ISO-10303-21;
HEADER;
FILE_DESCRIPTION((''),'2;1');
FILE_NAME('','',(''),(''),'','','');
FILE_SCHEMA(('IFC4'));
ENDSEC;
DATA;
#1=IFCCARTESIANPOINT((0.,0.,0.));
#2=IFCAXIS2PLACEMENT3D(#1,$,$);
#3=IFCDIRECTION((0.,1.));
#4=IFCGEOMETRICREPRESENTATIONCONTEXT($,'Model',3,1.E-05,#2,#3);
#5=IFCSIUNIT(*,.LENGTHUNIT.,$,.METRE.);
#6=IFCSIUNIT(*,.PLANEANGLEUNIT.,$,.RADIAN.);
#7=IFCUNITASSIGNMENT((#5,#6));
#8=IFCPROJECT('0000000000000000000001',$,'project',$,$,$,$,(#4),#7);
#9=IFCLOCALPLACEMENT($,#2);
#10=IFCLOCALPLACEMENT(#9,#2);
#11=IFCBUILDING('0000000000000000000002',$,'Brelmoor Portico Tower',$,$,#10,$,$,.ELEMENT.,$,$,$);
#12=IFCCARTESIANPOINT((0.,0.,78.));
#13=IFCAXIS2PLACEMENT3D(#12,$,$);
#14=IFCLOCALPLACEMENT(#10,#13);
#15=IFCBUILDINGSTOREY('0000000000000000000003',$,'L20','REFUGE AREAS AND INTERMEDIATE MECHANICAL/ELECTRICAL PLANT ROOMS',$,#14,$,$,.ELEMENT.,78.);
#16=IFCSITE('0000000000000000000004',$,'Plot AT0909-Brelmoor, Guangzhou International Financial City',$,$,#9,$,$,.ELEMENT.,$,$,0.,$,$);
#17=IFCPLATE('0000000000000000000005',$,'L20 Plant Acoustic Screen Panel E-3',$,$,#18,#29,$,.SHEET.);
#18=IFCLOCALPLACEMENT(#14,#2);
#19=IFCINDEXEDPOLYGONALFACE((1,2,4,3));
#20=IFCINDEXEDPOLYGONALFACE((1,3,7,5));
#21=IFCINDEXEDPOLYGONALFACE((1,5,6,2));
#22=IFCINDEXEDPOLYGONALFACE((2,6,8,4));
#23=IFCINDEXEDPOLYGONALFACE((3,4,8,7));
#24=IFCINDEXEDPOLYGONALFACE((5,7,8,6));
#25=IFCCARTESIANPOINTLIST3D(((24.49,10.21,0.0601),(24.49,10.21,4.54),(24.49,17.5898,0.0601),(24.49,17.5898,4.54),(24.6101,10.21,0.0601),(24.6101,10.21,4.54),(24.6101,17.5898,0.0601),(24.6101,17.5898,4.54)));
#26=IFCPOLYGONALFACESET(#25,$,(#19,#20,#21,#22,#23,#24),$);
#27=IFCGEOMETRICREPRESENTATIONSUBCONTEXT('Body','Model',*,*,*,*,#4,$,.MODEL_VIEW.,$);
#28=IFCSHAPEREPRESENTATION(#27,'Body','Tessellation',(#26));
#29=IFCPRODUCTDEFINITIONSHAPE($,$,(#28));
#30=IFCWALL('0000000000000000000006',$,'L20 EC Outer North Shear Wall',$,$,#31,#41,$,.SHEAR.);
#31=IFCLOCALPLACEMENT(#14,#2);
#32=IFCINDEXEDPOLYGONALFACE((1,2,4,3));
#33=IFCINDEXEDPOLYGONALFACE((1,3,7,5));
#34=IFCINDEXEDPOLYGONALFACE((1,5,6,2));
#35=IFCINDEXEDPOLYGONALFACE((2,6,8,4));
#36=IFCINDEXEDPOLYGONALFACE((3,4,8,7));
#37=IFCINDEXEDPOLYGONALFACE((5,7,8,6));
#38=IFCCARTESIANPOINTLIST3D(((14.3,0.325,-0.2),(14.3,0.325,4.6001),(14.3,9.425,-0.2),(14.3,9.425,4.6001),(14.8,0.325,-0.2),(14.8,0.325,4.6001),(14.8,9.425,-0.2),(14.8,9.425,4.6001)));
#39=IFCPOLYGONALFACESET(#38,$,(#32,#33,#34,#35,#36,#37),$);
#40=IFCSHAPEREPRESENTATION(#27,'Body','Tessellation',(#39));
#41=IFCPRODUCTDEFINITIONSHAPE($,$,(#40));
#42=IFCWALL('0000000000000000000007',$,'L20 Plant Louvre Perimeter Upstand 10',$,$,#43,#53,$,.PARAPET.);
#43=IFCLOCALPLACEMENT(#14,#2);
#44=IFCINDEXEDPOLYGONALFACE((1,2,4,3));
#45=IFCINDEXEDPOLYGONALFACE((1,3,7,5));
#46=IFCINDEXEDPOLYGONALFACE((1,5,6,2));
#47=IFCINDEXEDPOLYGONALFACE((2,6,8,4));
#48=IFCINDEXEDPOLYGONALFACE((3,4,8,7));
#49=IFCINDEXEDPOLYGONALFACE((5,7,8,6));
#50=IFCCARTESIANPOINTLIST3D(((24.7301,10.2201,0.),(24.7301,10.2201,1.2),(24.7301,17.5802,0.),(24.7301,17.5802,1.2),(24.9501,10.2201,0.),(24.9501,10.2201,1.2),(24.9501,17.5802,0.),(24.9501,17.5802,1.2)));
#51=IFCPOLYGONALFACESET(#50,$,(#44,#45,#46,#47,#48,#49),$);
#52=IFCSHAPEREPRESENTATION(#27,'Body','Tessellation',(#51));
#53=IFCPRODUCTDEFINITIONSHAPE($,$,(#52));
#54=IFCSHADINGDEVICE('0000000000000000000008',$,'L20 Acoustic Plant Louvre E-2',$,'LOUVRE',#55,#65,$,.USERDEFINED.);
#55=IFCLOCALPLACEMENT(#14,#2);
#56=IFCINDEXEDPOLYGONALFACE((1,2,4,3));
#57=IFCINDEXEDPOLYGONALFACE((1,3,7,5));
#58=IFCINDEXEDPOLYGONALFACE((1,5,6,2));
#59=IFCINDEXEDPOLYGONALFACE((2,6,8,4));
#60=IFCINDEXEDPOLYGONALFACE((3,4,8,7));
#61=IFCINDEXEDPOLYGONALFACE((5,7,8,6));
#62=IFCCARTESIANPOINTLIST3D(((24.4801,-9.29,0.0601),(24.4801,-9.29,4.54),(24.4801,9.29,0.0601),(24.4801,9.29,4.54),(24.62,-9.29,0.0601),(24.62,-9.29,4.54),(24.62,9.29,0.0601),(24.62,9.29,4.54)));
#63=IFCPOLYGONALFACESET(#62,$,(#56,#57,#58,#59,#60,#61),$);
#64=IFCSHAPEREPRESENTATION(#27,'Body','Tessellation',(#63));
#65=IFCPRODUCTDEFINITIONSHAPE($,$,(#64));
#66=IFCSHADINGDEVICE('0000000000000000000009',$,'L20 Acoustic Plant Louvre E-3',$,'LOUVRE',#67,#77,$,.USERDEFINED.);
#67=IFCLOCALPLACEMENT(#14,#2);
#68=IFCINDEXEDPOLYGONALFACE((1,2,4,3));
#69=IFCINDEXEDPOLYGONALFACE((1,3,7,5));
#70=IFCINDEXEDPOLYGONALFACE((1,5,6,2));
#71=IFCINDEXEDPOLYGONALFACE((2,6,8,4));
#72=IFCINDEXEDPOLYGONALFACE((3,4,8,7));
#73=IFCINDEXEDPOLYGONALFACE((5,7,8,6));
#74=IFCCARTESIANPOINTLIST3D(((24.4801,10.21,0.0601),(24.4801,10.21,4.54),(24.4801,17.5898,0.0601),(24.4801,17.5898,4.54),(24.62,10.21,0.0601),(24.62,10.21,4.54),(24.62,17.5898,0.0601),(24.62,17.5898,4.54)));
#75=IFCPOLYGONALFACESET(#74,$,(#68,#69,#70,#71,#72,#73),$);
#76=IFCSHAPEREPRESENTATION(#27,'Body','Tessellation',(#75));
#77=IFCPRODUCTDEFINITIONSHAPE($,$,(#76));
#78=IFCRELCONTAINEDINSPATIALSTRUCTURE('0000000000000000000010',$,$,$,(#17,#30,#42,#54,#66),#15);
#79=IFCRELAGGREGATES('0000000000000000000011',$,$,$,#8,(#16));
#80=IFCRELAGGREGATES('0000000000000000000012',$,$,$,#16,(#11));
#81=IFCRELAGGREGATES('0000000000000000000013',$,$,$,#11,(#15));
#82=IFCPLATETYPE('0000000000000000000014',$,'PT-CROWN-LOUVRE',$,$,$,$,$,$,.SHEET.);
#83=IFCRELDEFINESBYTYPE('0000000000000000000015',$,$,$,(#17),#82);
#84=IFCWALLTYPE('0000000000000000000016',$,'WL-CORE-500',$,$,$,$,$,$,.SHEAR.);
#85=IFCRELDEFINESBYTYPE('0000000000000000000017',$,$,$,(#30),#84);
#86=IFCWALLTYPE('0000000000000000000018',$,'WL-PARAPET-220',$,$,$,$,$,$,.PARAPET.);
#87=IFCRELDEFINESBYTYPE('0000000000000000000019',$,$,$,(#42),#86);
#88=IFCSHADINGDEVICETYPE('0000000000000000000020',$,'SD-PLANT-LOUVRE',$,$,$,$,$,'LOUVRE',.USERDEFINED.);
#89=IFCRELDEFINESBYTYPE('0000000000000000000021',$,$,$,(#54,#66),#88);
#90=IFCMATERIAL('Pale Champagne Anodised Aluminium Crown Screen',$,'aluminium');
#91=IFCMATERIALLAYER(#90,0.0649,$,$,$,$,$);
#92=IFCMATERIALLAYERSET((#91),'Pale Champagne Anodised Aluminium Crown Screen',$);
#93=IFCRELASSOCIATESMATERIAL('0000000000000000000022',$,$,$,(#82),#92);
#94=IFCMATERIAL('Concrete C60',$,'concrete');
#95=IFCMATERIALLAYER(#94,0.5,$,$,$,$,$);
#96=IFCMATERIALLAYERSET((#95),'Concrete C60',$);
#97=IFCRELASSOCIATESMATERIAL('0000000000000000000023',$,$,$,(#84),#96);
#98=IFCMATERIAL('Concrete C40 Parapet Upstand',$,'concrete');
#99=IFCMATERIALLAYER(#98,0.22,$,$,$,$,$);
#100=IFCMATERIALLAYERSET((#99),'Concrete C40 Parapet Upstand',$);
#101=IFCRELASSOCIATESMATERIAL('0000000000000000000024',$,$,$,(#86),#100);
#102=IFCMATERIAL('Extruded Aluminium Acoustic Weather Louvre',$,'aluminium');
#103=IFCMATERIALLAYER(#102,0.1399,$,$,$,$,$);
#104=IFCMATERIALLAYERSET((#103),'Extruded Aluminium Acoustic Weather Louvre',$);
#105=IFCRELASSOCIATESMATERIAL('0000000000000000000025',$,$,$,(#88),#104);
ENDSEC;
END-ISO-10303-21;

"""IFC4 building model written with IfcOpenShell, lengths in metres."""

from ifc_helpers import new_model, si_unit, direction, frame, frame_2d, origin, origin_2d, place, context, subcontext, project, spatial, rectangle, extrude, material, layer, layer_set, type_object, element, save


model = new_model("IFC4")

# Units and contexts
model_context = context("Model", 3, precision=1e-05, world=origin(), true_north=direction((0.0, 1.0)))
body_context = subcontext(model_context, "Body", "Model", "MODEL_VIEW")
ifc_project = project(units=[si_unit("LENGTHUNIT", "METRE"), si_unit("PLANEANGLEUNIT", "RADIAN")], contexts=[model_context])

# Site, building, storey
site_placement = place(None, origin())
site = spatial("IfcSite", under=ifc_project, at=site_placement, Name="Plot AT0909-Brelmoor, Guangzhou International Financial City", CompositionType="ELEMENT", RefElevation=0.0)
building_placement = place(site_placement, origin())
building = spatial("IfcBuilding", under=site, at=building_placement, Name="Brelmoor Portico Tower", CompositionType="ELEMENT")
storey_placement = place(building_placement, frame((0.0, 0.0, 78.0)))
storey = spatial("IfcBuildingStorey", under=building, at=storey_placement, Name="L20", Description="REFUGE AREAS AND INTERMEDIATE MECHANICAL/ELECTRICAL PLANT ROOMS", CompositionType="ELEMENT", Elevation=78.0)

# Plate
ifc_material_1 = material(Name="Pale Champagne Anodised Aluminium Crown Screen", Category="aluminium")
ifc_layer_1 = layer(ifc_material_1, 0.0649)
ifc_layer_set_1 = layer_set([ifc_layer_1], Name="Pale Champagne Anodised Aluminium Crown Screen")
plate_type_1 = type_object("IfcPlateType", Name="PT-CROWN-LOUVRE", PredefinedType="SHEET", material=ifc_layer_set_1)
plate_1_placement = place(storey_placement, frame((24.55, 13.8999, 0.0601), z_axis=(0.0, 0.0, 1.0), x_axis=(0.0, 1.0, 0.0)))
element("IfcPlate", 1, at=plate_1_placement, inside=storey, type_object=plate_type_1, Name="L20 Plant Acoustic Screen Panel E-3", PredefinedType="SHEET", context=body_context, shape_type="SweptSolid", body=[
    extrude(rectangle(XDim=7.3799, YDim=0.1201, at=origin_2d()), origin(), (0.0, 0.0, 1.0), 4.48),
])

# Walls
ifc_material_2 = material(Name="Concrete C60", Category="concrete")
ifc_layer_2 = layer(ifc_material_2, 0.5)
ifc_layer_set_2 = layer_set([ifc_layer_2], Name="Concrete C60")
wall_type_1 = type_object("IfcWallType", Name="WL-CORE-500", PredefinedType="SHEAR", material=ifc_layer_set_2)
wall_1_placement = place(storey_placement, frame((14.55, 0.325, -0.2), z_axis=(0.0, 0.0, 1.0), x_axis=(0.0, 1.0, 0.0)))
element("IfcWall", 2, at=wall_1_placement, inside=storey, type_object=wall_type_1, Name="L20 EC Outer North Shear Wall", PredefinedType="SHEAR", context=body_context, shape_type="SweptSolid", body=[
    extrude(rectangle(XDim=9.1001, YDim=0.5, at=frame_2d((4.55, 0.0))), origin(), (0.0, 0.0, 1.0), 4.8),
])
ifc_material_3 = material(Name="Concrete C40 Parapet Upstand", Category="concrete")
ifc_layer_3 = layer(ifc_material_3, 0.22)
ifc_layer_set_3 = layer_set([ifc_layer_3], Name="Concrete C40 Parapet Upstand")
wall_type_2 = type_object("IfcWallType", Name="WL-PARAPET-220", PredefinedType="PARAPET", material=ifc_layer_set_3)
wall_2_placement = place(storey_placement, frame((24.8401, 10.22, 0.0), z_axis=(0.0, 0.0, 1.0), x_axis=(0.0, 1.0, 0.0)))
element("IfcWall", 3, at=wall_2_placement, inside=storey, type_object=wall_type_2, Name="L20 Plant Louvre Perimeter Upstand 10", PredefinedType="PARAPET", context=body_context, shape_type="SweptSolid", body=[
    extrude(rectangle(XDim=7.3601, YDim=0.22, at=frame_2d((3.6802, 0.0))), origin(), (0.0, 0.0, 1.0), 1.2),
])

# Shading devices
ifc_material_4 = material(Name="Extruded Aluminium Acoustic Weather Louvre", Category="aluminium")
ifc_layer_4 = layer(ifc_material_4, 0.1399)
ifc_layer_set_4 = layer_set([ifc_layer_4], Name="Extruded Aluminium Acoustic Weather Louvre")
shading_device_type = type_object("IfcShadingDeviceType", Name="SD-PLANT-LOUVRE", ElementType="LOUVRE", PredefinedType="USERDEFINED", material=ifc_layer_set_4)
shading_device_1_placement = place(storey_placement, frame((24.55, 0.0, 0.0601), z_axis=(0.0, 0.0, 1.0), x_axis=(0.0, 1.0, 0.0)))
element("IfcShadingDevice", 4, at=shading_device_1_placement, inside=storey, type_object=shading_device_type, Name="L20 Acoustic Plant Louvre E-2", ObjectType="LOUVRE", PredefinedType="USERDEFINED", context=body_context, shape_type="SweptSolid", body=[
    extrude(rectangle(XDim=18.5801, YDim=0.1399, at=origin_2d()), origin(), (0.0, 0.0, 1.0), 4.48),
])
shading_device_2_placement = place(storey_placement, frame((24.55, 13.8999, 0.0601), z_axis=(0.0, 0.0, 1.0), x_axis=(0.0, 1.0, 0.0)))
element("IfcShadingDevice", 5, at=shading_device_2_placement, inside=storey, type_object=shading_device_type, Name="L20 Acoustic Plant Louvre E-3", ObjectType="LOUVRE", PredefinedType="USERDEFINED", context=body_context, shape_type="SweptSolid", body=[
    extrude(rectangle(XDim=7.3799, YDim=0.1399, at=origin_2d()), origin(), (0.0, 0.0, 1.0), 4.48),
])

save(model, "model.ifc")
